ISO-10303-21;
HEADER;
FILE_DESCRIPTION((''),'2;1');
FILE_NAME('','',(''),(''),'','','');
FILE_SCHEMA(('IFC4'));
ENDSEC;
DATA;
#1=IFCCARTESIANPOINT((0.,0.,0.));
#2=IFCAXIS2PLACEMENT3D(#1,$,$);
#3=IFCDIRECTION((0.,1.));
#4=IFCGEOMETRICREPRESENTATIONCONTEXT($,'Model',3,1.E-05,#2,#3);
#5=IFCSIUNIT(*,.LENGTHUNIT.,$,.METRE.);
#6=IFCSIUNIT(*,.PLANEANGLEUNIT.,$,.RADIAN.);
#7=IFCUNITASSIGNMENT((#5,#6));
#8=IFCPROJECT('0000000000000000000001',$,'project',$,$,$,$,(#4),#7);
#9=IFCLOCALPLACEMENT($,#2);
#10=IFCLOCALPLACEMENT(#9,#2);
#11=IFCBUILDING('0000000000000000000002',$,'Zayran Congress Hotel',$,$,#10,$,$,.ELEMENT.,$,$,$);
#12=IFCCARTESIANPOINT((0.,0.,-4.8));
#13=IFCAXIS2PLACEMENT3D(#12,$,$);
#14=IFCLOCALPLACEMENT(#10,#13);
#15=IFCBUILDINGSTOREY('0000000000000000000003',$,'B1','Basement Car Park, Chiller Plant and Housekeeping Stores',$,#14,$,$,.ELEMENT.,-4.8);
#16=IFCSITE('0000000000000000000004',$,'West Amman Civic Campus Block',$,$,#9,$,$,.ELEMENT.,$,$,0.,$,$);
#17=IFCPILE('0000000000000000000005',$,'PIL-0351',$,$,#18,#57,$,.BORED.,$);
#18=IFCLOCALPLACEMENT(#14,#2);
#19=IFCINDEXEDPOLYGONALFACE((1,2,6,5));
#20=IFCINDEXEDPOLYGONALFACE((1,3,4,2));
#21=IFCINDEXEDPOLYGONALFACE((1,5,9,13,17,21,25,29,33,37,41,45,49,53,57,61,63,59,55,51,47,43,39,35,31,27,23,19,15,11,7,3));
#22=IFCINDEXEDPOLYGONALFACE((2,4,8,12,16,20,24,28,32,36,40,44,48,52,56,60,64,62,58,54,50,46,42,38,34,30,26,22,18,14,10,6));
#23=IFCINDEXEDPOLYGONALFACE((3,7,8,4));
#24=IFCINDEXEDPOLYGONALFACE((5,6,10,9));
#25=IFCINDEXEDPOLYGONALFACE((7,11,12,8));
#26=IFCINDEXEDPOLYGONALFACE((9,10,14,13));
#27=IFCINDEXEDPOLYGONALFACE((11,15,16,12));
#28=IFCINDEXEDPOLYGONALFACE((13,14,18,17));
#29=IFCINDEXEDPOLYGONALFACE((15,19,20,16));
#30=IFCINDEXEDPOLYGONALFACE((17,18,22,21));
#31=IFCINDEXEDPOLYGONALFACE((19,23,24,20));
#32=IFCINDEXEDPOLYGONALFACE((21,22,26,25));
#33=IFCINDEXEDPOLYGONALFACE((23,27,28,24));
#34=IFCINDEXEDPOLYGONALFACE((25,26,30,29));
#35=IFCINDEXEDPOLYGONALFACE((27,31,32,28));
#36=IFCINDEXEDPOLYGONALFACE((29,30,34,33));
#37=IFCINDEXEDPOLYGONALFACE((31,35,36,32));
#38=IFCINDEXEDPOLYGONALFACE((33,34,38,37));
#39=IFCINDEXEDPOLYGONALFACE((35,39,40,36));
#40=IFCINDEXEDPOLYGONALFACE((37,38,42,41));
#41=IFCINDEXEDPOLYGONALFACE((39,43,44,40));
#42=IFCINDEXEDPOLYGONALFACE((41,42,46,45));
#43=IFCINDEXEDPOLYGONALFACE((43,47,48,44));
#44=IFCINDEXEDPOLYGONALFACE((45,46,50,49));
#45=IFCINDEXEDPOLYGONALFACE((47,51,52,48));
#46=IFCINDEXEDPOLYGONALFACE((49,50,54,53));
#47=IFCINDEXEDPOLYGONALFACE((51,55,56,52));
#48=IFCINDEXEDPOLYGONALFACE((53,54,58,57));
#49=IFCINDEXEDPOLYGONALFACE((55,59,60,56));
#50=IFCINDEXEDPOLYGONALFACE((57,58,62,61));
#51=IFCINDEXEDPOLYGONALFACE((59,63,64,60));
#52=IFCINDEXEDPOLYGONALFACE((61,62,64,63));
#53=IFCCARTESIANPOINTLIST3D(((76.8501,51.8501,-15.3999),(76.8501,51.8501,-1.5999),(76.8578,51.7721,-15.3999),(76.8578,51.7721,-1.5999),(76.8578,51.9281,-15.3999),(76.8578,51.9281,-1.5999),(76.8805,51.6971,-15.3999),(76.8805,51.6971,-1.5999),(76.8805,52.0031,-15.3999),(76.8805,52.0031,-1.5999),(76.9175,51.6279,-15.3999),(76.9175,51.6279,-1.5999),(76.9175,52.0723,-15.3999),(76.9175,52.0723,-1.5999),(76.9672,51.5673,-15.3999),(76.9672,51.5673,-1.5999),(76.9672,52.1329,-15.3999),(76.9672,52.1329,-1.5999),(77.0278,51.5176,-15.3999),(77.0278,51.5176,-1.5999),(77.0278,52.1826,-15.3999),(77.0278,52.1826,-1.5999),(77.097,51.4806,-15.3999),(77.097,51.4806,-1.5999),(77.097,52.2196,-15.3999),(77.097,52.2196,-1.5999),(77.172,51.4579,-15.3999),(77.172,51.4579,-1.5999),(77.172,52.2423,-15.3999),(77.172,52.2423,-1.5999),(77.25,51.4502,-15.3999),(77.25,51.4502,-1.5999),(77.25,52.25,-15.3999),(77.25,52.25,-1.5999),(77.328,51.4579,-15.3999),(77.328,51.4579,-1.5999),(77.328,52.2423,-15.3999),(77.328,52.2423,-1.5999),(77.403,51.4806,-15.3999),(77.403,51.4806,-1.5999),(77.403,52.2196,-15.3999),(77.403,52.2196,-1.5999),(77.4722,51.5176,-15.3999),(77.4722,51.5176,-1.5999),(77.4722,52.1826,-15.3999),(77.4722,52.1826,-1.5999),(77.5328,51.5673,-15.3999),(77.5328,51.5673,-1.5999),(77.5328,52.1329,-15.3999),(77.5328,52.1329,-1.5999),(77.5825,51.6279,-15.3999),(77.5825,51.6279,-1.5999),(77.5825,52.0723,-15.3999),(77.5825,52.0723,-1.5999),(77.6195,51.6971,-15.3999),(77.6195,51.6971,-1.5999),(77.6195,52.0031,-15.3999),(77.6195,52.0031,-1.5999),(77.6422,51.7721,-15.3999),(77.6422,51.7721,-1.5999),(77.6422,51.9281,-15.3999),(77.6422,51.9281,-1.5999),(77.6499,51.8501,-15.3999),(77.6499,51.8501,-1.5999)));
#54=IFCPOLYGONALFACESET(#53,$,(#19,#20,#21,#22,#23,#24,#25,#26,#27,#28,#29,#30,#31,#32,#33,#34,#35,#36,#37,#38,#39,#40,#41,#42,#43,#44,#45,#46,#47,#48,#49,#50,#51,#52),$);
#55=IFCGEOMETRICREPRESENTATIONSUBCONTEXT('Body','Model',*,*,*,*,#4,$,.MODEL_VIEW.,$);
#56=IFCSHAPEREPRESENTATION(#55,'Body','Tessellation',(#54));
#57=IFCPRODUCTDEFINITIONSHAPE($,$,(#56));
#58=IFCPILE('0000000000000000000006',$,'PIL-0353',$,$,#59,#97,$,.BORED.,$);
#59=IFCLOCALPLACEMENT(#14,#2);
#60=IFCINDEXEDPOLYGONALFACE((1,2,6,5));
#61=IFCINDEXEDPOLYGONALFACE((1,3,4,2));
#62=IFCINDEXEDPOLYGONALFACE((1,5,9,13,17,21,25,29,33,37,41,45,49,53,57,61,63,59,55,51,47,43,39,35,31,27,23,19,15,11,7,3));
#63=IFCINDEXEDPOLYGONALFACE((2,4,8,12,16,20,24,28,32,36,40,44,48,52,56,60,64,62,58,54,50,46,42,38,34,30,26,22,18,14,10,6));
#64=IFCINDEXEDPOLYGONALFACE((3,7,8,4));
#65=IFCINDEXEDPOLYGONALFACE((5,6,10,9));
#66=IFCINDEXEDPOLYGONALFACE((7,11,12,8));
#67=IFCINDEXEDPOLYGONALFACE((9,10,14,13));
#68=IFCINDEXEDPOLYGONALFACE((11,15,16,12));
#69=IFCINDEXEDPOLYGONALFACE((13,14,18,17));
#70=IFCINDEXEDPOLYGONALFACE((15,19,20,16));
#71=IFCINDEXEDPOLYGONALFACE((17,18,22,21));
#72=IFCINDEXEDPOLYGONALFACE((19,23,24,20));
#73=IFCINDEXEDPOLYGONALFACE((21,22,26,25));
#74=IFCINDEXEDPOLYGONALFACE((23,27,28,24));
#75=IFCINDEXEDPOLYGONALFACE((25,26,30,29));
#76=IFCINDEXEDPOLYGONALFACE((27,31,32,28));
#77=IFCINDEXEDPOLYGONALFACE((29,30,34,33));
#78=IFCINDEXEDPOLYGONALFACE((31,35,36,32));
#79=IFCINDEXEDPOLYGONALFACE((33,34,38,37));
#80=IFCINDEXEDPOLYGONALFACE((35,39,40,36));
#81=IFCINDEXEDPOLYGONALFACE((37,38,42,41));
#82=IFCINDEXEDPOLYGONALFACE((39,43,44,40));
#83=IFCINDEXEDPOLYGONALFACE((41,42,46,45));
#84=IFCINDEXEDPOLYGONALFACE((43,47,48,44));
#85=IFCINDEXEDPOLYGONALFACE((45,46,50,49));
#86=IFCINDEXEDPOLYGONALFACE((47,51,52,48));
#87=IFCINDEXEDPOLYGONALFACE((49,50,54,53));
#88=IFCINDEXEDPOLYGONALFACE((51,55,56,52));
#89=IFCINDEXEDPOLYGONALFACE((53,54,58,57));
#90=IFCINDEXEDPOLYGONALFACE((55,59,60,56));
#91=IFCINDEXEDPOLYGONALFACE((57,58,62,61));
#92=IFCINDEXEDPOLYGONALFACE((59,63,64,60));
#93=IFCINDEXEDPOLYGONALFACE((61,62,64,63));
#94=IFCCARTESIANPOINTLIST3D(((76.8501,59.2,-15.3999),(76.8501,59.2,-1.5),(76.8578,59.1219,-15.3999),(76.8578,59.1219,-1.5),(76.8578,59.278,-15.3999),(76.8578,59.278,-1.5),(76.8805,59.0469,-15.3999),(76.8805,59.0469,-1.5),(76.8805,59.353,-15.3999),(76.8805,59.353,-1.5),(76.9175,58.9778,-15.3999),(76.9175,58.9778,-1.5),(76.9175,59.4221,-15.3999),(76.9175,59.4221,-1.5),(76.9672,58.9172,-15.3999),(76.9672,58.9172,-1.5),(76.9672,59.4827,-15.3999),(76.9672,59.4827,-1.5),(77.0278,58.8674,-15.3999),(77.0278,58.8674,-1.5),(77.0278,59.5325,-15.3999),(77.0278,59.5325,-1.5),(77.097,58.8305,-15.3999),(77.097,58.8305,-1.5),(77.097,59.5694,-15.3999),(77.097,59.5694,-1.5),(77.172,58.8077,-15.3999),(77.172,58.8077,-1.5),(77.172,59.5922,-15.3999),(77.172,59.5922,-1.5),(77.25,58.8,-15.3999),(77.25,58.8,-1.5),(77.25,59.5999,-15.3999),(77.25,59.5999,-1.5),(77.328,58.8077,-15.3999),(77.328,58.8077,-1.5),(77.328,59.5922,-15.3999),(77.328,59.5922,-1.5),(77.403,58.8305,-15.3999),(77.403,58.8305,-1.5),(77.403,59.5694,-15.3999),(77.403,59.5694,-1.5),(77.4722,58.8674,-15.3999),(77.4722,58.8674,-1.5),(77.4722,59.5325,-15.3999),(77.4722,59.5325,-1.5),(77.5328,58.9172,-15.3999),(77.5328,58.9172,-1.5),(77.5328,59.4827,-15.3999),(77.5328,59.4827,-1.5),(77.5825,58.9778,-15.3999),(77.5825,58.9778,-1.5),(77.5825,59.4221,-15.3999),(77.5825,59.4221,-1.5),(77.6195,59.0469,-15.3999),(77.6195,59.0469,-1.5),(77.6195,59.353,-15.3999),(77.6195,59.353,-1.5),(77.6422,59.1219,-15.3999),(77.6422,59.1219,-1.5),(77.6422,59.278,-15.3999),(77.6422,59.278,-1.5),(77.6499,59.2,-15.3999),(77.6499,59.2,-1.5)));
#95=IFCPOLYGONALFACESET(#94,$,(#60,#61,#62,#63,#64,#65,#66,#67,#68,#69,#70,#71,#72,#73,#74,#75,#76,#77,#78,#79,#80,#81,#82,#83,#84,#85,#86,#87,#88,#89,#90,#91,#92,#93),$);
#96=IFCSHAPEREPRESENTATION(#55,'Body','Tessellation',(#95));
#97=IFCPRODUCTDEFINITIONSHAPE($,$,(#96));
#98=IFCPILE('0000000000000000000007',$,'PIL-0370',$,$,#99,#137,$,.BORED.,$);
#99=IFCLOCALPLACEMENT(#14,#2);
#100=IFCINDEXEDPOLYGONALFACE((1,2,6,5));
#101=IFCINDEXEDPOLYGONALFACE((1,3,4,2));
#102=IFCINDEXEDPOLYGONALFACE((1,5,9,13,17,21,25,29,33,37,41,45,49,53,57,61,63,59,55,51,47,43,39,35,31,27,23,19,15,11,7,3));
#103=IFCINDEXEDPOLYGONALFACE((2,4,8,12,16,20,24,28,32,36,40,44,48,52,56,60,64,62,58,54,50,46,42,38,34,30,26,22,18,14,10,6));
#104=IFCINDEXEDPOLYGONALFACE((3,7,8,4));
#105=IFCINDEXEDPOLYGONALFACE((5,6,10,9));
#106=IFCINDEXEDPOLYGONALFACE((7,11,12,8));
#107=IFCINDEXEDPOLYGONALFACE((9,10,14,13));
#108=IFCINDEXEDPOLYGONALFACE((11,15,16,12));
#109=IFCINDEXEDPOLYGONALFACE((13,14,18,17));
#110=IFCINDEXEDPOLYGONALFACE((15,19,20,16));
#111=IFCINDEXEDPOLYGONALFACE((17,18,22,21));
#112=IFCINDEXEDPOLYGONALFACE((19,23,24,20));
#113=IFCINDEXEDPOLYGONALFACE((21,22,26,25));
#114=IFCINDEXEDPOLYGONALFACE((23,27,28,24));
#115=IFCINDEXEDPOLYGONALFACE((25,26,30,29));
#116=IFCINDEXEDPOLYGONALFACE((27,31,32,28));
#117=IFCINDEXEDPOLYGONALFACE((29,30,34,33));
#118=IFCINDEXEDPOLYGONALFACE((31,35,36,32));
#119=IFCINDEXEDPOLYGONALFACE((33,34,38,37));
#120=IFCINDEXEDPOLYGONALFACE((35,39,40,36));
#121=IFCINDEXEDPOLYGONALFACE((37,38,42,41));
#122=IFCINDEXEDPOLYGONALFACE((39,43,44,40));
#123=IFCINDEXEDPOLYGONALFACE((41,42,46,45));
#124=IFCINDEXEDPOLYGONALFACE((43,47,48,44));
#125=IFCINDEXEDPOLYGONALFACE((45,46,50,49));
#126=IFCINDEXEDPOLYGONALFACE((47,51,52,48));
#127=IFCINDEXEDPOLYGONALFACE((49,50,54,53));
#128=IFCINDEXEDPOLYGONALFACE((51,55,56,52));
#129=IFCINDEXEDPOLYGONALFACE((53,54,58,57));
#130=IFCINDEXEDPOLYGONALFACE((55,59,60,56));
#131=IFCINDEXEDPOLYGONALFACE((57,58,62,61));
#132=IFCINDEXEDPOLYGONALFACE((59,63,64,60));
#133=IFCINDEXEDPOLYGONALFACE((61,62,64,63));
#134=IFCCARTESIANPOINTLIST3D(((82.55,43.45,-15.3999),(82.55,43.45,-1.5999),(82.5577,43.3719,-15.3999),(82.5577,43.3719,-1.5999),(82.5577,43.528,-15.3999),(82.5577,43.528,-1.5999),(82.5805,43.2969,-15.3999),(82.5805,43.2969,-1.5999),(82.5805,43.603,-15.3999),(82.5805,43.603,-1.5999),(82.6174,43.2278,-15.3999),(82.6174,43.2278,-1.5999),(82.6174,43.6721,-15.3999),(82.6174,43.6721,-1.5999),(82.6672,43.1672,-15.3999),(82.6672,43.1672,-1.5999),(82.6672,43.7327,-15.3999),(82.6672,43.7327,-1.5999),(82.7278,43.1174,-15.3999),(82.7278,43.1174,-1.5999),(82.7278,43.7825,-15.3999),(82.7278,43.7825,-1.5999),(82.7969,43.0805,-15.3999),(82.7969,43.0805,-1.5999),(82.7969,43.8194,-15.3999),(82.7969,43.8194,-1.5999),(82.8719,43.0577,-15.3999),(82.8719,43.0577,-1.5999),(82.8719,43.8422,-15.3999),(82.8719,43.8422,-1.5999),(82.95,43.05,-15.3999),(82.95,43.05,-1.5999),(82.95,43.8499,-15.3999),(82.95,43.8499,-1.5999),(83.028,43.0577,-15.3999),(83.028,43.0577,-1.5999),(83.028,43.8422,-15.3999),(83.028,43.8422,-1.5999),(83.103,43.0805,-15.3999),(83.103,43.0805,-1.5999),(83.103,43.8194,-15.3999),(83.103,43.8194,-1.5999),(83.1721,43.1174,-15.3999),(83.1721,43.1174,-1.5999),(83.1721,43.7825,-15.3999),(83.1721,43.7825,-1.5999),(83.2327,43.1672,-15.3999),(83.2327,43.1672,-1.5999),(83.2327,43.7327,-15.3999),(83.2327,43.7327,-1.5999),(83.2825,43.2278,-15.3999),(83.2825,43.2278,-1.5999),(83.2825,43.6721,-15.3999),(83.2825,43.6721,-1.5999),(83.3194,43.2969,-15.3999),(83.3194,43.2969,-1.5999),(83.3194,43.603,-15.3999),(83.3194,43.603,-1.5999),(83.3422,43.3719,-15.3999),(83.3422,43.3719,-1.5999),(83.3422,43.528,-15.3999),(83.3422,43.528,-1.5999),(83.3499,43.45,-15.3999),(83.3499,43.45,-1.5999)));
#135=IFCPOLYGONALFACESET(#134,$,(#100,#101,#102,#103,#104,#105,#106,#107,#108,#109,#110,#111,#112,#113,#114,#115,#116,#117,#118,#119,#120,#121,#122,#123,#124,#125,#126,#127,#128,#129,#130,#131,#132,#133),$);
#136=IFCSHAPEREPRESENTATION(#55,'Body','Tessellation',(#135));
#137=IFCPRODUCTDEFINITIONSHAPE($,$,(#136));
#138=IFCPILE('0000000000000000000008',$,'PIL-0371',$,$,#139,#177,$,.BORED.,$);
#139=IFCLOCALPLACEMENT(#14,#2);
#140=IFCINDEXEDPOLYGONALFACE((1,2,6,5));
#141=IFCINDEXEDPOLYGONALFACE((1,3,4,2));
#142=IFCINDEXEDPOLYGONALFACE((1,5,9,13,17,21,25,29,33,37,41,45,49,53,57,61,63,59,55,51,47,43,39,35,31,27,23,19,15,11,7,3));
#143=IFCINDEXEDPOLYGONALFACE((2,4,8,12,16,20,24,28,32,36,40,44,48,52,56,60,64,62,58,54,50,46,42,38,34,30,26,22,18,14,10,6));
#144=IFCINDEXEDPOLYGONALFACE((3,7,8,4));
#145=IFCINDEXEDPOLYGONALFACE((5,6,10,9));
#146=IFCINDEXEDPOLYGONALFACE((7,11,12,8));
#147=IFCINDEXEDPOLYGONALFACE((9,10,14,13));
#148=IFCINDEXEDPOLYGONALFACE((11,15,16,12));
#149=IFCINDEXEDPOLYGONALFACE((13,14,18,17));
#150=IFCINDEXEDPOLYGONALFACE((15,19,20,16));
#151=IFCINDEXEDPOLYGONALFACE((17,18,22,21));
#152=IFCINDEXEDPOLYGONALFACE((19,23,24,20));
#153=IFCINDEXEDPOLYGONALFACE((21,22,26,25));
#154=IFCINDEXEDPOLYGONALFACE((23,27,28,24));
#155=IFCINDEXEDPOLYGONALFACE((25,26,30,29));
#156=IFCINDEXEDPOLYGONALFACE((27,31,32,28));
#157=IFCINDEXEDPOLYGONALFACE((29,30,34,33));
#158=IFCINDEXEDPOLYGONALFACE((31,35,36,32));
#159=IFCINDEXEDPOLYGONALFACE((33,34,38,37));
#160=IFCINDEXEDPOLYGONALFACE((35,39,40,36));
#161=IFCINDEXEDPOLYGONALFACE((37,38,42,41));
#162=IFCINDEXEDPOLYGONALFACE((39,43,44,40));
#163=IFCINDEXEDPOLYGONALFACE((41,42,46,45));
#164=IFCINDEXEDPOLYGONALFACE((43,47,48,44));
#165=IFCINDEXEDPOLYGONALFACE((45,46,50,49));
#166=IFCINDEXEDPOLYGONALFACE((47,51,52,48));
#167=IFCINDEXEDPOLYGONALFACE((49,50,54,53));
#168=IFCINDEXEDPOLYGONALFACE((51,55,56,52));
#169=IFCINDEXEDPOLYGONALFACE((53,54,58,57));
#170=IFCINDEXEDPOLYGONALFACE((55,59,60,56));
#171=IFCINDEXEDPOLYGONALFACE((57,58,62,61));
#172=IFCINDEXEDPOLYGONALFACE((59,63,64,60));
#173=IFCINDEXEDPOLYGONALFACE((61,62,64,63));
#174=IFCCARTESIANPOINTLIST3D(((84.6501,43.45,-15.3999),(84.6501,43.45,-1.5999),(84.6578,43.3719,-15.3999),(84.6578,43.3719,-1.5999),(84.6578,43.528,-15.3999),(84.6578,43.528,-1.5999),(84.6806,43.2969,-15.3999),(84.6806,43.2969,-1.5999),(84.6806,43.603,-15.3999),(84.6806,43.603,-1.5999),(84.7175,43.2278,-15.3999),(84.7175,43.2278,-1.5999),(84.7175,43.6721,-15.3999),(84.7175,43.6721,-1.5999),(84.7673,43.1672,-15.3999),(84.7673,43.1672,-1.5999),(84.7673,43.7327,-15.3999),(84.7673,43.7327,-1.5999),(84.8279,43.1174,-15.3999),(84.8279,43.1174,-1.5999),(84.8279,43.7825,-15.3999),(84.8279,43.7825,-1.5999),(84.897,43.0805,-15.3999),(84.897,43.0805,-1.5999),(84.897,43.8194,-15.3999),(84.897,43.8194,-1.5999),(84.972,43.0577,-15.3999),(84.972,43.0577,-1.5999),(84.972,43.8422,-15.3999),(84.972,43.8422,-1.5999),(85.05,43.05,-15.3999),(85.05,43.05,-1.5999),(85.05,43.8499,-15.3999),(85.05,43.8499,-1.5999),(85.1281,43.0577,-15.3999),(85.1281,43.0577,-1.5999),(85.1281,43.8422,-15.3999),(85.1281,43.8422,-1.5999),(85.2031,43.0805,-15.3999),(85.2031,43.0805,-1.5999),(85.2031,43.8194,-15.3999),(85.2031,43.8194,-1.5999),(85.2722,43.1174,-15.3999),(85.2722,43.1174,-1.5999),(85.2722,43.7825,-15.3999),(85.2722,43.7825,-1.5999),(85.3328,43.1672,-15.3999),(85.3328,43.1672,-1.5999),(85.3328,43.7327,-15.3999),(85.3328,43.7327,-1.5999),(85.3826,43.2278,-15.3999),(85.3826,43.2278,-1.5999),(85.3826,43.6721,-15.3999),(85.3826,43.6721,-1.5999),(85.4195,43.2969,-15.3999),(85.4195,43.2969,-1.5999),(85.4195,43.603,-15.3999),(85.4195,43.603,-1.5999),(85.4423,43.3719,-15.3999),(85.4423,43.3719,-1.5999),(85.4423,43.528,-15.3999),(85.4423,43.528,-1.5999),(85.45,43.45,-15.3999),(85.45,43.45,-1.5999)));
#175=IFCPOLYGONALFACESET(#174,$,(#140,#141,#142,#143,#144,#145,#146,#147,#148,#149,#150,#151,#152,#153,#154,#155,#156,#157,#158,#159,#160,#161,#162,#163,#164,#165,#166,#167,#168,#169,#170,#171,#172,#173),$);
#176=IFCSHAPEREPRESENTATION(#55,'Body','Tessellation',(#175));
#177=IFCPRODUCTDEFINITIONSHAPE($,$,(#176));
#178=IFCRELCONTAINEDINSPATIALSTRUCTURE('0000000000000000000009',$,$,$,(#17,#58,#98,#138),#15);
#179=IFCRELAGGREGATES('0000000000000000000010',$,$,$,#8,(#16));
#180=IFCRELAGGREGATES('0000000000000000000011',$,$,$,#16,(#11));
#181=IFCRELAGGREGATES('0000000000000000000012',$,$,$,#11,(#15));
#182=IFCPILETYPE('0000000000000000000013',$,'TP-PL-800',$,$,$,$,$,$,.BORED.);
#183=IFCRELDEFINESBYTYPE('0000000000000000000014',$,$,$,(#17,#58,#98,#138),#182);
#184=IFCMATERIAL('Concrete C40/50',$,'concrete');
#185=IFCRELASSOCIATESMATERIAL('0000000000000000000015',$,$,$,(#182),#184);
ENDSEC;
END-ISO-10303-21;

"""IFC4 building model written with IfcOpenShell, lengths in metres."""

from ifc_helpers import new_model, si_unit, direction, frame, origin, origin_2d, place, context, subcontext, project, spatial, circle, extrude, material, material_profile, profile_set, type_object, element, save


model = new_model("IFC4")

# Units and contexts
model_context = context("Model", 3, precision=1e-05, world=origin(), true_north=direction((0.0, 1.0)))
body_context = subcontext(model_context, "Body", "Model", "MODEL_VIEW")
ifc_project = project(units=[si_unit("LENGTHUNIT", "METRE"), si_unit("PLANEANGLEUNIT", "RADIAN")], contexts=[model_context])

# Site, building, storey
site_placement = place(None, origin())
site = spatial("IfcSite", under=ifc_project, at=site_placement, Name="West Amman Civic Campus Block", CompositionType="ELEMENT", RefElevation=0.0)
building_placement = place(site_placement, origin())
building = spatial("IfcBuilding", under=site, at=building_placement, Name="Zayran Congress Hotel", CompositionType="ELEMENT")
storey_placement = place(building_placement, frame((0.0, 0.0, -4.8)))
storey = spatial("IfcBuildingStorey", under=building, at=storey_placement, Name="B1", Description="Basement Car Park, Chiller Plant and Housekeeping Stores", CompositionType="ELEMENT", Elevation=-4.8)

# Piles
ifc_material_1 = material(Name="Concrete C40/50", Category="concrete")
ifc_material_profile_1 = material_profile(ifc_material_1, circle(Radius=0.3999, at=origin_2d()), Name="PILE D800")
ifc_profile_set_1 = profile_set([ifc_material_profile_1], Name="Concrete C40/50")
pile_type_1 = type_object("IfcPileType", Name="TP-PL-800", PredefinedType="BORED", material=ifc_profile_set_1)
for number, where, z_axis, x_axis, name in (
    (1, (77.25, 51.8501, -1.5999), (0.0, 0.0, -1.0), (1.0, 0.0, 0.0), "PIL-0351"),
):
    element("IfcPile", number, at=place(storey_placement, frame(where, z_axis=z_axis, x_axis=x_axis)), inside=storey, type_object=pile_type_1, Name=name, PredefinedType="BORED", context=body_context, shape_type="SweptSolid", body=[
        extrude(circle(Radius=0.3999, at=origin_2d()), origin(), (0.0, 0.0, 1.0), 13.8),
    ])
pile_placement = place(storey_placement, frame((77.25, 59.2, -1.5), z_axis=(0.0, 0.0, -1.0), x_axis=(1.0, 0.0, 0.0)))
element("IfcPile", 2, at=pile_placement, inside=storey, type_object=pile_type_1, Name="PIL-0353", PredefinedType="BORED", context=body_context, shape_type="SweptSolid", body=[
    extrude(circle(Radius=0.3999, at=origin_2d()), origin(), (0.0, 0.0, 1.0), 13.8999),
])
for number, where, z_axis, x_axis, name in (
    (3, (82.95, 43.45, -1.5999), (0.0, 0.0, -1.0), (1.0, 0.0, 0.0), "PIL-0370"),
    (4, (85.05, 43.45, -1.5999), (0.0, 0.0, -1.0), (1.0, 0.0, 0.0), "PIL-0371"),
):
    element("IfcPile", number, at=place(storey_placement, frame(where, z_axis=z_axis, x_axis=x_axis)), inside=storey, type_object=pile_type_1, Name=name, PredefinedType="BORED", context=body_context, shape_type="SweptSolid", body=[
        extrude(circle(Radius=0.3999, at=origin_2d()), origin(), (0.0, 0.0, 1.0), 13.8),
    ])

save(model, "model.ifc")
